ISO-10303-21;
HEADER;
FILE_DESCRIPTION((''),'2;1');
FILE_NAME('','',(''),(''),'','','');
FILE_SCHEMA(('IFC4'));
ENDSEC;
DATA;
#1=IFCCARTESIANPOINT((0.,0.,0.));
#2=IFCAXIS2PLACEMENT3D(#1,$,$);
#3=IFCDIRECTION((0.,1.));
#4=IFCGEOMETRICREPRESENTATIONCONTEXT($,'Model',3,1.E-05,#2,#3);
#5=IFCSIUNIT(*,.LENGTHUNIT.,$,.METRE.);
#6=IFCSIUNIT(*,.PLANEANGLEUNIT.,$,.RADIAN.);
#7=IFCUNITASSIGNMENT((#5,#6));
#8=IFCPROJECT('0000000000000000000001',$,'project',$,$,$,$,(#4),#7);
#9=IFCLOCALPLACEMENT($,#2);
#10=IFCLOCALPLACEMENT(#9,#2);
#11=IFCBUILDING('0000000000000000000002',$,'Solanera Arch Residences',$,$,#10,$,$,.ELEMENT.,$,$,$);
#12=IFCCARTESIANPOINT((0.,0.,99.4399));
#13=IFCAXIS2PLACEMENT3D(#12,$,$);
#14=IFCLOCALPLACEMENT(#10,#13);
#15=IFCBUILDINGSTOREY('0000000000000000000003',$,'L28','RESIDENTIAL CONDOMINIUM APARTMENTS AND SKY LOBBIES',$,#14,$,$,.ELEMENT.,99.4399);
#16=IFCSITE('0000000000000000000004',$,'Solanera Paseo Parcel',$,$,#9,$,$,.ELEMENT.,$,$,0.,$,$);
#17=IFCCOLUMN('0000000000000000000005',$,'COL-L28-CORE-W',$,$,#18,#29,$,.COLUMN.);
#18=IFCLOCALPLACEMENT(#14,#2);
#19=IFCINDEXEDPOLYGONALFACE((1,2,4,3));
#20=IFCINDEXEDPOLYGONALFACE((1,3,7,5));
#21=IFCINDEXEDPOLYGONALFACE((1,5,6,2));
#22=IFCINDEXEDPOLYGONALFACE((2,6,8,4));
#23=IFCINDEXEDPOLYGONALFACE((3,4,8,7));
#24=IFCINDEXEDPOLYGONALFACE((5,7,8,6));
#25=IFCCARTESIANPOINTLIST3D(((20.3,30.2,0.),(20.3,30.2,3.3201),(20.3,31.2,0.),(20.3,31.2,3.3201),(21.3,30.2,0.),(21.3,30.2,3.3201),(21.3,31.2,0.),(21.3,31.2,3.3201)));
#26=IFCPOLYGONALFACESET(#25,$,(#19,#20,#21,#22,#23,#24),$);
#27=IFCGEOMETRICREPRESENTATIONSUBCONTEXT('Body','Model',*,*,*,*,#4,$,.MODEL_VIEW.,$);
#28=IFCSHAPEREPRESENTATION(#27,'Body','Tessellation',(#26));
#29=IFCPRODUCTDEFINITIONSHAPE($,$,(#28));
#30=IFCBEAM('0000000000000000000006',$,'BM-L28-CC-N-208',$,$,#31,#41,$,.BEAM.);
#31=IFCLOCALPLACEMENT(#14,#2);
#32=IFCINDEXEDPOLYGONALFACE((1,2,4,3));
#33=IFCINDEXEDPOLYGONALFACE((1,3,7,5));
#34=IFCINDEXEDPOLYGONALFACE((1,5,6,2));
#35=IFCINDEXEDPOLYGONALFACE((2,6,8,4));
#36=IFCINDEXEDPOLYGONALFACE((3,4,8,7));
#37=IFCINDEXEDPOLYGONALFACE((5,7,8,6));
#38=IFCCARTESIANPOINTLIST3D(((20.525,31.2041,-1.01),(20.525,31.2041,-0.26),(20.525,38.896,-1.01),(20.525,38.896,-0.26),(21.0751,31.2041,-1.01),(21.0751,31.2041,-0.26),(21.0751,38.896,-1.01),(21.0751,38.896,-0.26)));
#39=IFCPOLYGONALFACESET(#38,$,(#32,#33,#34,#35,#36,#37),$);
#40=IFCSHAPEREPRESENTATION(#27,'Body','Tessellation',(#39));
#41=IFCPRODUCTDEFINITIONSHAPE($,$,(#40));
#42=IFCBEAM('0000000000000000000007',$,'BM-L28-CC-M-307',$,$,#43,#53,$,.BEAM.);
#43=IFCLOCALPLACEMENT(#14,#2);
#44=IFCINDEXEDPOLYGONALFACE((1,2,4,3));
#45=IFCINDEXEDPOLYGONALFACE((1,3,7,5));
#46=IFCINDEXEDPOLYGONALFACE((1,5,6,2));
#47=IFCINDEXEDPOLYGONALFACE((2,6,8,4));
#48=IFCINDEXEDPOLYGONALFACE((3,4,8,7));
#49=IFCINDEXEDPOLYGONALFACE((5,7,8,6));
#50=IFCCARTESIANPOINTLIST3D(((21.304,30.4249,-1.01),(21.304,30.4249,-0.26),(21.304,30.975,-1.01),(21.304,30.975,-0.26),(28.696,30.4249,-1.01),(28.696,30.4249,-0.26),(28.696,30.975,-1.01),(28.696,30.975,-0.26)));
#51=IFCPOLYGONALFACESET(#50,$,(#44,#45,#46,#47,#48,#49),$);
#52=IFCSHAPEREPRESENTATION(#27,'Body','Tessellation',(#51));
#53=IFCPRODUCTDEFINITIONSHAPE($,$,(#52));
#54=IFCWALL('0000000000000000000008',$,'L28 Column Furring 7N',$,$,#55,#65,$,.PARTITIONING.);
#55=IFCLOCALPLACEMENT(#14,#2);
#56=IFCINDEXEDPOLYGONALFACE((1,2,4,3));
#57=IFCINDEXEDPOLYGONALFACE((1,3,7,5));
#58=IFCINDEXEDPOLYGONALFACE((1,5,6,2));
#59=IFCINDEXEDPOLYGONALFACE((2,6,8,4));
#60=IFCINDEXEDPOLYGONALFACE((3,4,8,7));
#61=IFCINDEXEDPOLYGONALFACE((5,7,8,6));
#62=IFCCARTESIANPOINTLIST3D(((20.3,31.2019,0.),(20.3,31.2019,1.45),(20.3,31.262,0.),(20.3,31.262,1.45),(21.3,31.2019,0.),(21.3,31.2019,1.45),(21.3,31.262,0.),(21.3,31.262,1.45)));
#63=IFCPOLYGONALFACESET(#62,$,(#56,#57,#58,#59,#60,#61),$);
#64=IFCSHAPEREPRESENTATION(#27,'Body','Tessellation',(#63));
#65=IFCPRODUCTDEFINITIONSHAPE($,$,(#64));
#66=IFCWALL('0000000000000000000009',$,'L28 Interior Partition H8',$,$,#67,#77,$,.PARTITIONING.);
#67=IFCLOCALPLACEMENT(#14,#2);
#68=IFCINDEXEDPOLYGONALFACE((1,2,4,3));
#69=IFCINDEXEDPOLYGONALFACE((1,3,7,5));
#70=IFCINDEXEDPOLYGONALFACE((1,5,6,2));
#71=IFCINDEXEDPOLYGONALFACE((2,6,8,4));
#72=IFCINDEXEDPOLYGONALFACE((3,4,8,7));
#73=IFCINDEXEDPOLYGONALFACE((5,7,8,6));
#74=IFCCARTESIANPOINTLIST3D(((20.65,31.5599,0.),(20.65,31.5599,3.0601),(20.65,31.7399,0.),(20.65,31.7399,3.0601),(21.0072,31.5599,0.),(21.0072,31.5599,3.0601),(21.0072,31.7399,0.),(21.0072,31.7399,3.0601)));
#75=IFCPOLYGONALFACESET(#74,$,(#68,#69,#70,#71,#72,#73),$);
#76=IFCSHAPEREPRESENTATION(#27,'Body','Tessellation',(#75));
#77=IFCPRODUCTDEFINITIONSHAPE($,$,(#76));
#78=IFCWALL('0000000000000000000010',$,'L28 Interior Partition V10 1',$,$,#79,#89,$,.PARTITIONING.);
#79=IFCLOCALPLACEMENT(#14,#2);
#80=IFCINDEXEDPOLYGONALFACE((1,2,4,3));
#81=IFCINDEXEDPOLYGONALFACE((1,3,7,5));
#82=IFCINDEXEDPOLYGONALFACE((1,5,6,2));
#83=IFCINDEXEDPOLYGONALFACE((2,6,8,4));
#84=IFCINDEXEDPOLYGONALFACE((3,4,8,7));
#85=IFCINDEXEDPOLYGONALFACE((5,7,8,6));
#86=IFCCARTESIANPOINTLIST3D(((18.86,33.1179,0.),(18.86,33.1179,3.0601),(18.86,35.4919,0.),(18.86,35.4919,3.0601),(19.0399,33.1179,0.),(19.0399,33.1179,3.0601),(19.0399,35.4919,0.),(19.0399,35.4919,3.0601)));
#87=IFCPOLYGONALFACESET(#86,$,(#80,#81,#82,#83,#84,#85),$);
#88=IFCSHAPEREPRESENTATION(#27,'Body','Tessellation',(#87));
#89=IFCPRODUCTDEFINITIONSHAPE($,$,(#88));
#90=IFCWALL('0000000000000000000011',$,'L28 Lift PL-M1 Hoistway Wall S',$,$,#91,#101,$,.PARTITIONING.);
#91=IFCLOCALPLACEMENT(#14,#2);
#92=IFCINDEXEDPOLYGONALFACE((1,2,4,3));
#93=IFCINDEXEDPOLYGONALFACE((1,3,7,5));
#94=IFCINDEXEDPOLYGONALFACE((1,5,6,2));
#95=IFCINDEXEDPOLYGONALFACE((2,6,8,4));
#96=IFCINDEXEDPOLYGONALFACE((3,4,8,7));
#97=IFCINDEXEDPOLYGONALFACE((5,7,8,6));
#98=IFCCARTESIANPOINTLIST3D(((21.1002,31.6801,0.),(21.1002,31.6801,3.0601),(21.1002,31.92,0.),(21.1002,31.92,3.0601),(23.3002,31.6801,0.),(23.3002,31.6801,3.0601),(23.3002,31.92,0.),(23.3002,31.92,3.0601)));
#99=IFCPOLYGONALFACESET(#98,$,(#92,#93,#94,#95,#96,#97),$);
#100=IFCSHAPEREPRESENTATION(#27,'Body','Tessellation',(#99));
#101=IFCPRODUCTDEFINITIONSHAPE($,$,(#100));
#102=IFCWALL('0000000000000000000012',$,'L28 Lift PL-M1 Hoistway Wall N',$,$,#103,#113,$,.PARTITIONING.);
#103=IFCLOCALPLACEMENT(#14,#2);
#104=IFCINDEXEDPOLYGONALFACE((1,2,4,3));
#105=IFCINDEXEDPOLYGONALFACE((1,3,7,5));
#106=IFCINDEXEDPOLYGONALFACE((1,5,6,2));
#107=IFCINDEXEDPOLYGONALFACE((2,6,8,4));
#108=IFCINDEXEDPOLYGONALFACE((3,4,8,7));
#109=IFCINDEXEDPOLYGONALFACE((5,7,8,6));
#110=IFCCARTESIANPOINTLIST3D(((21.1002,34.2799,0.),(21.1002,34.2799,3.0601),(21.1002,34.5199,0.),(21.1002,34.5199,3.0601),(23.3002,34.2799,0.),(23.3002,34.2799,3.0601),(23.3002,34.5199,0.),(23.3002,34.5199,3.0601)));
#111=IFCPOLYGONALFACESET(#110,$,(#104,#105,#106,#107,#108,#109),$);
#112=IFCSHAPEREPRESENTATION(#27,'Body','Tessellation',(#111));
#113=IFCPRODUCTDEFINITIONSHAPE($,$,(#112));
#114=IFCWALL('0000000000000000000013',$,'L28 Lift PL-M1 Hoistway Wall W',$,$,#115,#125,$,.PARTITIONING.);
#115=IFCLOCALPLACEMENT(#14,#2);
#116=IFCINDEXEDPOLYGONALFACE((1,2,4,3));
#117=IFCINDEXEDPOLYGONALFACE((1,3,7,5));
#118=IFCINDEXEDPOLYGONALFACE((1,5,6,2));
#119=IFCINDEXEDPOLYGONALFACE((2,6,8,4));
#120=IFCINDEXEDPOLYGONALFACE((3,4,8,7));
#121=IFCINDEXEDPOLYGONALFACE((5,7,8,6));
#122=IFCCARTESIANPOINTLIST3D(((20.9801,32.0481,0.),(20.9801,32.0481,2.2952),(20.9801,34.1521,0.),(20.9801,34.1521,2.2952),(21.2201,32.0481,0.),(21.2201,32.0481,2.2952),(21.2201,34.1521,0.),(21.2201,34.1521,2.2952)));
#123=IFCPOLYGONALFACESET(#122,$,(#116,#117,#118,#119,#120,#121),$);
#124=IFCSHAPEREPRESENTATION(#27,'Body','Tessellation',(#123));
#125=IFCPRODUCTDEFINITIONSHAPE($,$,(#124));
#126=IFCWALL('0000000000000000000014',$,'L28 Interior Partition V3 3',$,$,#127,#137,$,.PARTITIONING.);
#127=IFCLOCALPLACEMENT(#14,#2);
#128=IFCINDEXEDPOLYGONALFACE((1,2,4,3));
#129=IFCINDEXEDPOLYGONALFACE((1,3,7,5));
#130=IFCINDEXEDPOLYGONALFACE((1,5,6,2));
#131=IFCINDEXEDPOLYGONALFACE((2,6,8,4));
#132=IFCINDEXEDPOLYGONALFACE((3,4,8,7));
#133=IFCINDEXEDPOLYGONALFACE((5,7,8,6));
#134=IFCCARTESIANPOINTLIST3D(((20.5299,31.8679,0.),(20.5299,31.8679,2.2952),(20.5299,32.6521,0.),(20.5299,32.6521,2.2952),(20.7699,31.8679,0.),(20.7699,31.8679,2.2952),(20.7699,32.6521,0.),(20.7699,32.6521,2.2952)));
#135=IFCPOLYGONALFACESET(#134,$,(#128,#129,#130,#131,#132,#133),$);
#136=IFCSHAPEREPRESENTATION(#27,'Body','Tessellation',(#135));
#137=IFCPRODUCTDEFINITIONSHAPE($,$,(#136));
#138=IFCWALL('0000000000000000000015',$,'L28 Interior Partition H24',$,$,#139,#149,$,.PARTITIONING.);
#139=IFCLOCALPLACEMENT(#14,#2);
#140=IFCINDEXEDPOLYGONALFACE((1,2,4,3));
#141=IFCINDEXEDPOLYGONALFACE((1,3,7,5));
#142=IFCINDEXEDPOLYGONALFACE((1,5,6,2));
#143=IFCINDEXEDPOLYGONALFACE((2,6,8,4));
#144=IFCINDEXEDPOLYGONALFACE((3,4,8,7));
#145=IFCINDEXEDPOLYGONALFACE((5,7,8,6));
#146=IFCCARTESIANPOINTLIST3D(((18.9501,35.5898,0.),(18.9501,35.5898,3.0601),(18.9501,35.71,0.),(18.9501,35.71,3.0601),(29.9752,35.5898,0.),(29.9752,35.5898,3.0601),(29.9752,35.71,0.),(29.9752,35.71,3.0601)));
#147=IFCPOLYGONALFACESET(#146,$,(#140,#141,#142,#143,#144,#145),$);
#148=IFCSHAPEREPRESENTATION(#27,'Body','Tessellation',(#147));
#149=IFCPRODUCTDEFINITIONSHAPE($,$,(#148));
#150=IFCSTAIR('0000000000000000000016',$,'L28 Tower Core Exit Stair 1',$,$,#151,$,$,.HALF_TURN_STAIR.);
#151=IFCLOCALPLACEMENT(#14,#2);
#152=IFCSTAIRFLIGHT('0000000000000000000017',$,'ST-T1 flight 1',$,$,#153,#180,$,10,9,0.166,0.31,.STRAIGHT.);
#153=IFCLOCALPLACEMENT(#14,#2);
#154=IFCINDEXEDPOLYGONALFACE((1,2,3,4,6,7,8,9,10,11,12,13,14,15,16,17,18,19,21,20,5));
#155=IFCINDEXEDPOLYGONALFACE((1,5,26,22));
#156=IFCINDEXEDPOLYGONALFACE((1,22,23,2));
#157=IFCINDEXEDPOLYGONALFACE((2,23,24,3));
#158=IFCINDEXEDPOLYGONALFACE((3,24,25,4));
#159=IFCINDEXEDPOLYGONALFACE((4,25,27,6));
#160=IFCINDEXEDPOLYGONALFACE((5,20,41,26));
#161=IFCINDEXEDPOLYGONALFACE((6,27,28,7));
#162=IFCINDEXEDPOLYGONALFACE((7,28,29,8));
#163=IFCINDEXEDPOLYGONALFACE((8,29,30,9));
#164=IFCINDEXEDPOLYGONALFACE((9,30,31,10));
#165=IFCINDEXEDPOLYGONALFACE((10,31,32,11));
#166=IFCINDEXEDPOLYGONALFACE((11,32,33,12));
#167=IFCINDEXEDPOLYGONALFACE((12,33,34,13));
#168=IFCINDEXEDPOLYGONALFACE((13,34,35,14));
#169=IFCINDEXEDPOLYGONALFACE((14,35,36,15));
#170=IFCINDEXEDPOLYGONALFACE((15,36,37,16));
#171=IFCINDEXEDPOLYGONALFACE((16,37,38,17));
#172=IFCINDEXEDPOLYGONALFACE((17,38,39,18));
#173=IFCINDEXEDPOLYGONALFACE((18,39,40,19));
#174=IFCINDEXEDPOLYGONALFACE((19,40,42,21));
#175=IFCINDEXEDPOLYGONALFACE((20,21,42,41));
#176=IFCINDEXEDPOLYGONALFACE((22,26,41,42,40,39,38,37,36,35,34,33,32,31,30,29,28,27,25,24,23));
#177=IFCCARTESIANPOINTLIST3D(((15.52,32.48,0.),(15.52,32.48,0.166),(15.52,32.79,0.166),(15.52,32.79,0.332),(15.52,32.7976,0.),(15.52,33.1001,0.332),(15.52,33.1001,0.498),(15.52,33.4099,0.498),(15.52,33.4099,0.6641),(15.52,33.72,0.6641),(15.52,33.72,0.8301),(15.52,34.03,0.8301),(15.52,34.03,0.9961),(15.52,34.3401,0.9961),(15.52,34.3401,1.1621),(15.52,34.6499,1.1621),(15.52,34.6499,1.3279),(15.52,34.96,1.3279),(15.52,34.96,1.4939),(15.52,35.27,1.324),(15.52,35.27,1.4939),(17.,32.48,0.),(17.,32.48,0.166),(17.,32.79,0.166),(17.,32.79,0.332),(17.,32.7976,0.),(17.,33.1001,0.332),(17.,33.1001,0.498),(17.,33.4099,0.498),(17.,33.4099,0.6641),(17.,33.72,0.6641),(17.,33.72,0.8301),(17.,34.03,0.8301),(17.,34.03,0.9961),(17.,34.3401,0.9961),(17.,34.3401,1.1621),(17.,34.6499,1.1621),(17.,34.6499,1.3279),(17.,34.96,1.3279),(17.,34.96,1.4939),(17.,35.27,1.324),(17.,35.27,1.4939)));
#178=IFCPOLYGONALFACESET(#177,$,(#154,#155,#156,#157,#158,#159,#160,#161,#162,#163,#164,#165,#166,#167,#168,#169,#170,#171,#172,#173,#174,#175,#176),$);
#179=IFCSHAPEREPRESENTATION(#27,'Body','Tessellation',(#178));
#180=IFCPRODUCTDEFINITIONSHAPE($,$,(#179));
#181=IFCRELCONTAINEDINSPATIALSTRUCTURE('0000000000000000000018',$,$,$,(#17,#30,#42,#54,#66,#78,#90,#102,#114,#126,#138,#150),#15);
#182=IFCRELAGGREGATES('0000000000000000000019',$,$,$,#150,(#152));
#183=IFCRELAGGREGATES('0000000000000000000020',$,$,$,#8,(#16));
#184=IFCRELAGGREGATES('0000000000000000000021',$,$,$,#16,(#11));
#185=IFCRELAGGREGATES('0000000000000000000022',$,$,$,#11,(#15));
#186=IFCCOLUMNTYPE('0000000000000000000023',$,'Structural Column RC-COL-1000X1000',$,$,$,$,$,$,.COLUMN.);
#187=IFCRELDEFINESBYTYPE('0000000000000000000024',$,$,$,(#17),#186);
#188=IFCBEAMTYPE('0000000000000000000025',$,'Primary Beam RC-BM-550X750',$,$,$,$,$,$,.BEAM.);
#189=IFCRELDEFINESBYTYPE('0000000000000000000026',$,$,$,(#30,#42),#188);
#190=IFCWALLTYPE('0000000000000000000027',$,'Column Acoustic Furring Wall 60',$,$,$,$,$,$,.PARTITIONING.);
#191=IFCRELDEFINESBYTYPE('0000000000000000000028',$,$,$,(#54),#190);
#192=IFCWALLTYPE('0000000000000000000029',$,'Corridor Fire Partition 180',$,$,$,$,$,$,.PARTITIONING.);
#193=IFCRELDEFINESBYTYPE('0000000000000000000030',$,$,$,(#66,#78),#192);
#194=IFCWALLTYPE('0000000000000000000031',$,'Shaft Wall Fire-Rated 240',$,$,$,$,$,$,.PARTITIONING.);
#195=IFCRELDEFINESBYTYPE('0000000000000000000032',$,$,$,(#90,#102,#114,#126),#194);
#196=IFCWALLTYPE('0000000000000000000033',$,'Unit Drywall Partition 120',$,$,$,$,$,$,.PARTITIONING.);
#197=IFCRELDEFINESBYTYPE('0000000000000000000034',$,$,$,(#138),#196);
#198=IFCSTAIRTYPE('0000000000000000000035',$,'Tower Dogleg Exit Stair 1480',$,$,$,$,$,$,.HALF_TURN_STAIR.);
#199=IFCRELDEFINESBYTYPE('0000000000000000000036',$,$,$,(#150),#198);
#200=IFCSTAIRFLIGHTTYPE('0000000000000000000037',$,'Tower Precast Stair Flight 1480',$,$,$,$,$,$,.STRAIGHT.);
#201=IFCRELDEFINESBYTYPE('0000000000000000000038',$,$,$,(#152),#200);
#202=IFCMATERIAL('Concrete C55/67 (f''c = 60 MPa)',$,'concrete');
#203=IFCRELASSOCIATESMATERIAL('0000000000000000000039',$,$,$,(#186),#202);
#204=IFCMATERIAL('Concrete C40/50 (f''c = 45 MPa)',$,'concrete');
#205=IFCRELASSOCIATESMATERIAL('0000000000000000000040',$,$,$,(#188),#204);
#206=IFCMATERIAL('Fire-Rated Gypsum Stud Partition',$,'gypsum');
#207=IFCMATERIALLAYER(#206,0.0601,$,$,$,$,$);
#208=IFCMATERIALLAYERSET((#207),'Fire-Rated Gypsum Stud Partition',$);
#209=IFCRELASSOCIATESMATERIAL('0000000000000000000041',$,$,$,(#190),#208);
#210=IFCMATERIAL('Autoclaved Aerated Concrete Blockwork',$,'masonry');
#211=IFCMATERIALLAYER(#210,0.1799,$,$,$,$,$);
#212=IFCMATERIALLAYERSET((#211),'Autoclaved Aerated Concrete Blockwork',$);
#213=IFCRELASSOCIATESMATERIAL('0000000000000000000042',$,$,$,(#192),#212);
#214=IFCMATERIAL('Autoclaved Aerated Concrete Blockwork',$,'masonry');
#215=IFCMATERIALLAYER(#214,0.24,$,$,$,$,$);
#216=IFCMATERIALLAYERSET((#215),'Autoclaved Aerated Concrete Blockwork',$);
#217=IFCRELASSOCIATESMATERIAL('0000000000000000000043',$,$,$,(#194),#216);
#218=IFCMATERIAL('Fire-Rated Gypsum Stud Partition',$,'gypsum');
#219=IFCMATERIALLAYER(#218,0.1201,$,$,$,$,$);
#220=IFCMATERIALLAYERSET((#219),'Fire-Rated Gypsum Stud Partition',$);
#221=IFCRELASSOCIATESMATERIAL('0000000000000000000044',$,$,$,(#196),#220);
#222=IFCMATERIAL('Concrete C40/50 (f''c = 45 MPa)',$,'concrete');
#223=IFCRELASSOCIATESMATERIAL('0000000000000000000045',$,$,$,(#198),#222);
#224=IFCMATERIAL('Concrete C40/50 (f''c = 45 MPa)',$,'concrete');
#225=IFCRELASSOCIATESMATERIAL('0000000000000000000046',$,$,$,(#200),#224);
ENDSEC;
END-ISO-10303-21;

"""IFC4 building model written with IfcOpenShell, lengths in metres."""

from ifc_helpers import new_model, si_unit, direction, frame, frame_2d, origin, origin_2d, place, context, subcontext, project, spatial, polyline, rectangle, outline, extrude, material, layer, layer_set, material_profile, profile_set, type_object, element, aggregate, save


model = new_model("IFC4")

# Units and contexts
model_context = context("Model", 3, precision=1e-05, world=origin(), true_north=direction((0.0, 1.0)))
body_context = subcontext(model_context, "Body", "Model", "MODEL_VIEW")
ifc_project = project(units=[si_unit("LENGTHUNIT", "METRE"), si_unit("PLANEANGLEUNIT", "RADIAN")], contexts=[model_context])

# Site, building, storey
site_placement = place(None, origin())
site = spatial("IfcSite", under=ifc_project, at=site_placement, Name="Solanera Paseo Parcel", CompositionType="ELEMENT", RefElevation=0.0)
building_placement = place(site_placement, origin())
building = spatial("IfcBuilding", under=site, at=building_placement, Name="Solanera Arch Residences", CompositionType="ELEMENT")
storey_placement = place(building_placement, frame((0.0, 0.0, 99.4399)))
storey = spatial("IfcBuildingStorey", under=building, at=storey_placement, Name="L28", Description="RESIDENTIAL CONDOMINIUM APARTMENTS AND SKY LOBBIES", CompositionType="ELEMENT", Elevation=99.4399)

# Column
ifc_material_1 = material(Name="Concrete C55/67 (f'c = 60 MPa)", Category="concrete")
ifc_material_profile_1 = material_profile(ifc_material_1, rectangle(XDim=1.0, YDim=1.0, at=origin_2d()))
ifc_profile_set_1 = profile_set([ifc_material_profile_1], Name="Concrete C55/67 (f'c = 60 MPa)")
column_type = type_object("IfcColumnType", Name="Structural Column RC-COL-1000X1000", PredefinedType="COLUMN", material=ifc_profile_set_1)
column_placement = place(storey_placement, frame((20.8, 30.7, 0.0), z_axis=(0.0, 0.0, 1.0), x_axis=(1.0, 0.0, 0.0)))
element("IfcColumn", 1, at=column_placement, inside=storey, type_object=column_type, Name="COL-L28-CORE-W", PredefinedType="COLUMN", context=body_context, shape_type="SweptSolid", body=[
    extrude(rectangle(XDim=1.0, YDim=1.0, at=origin_2d()), origin(), (0.0, 0.0, 1.0), 3.3201),
])

# Beams
ifc_material_2 = material(Name="Concrete C40/50 (f'c = 45 MPa)", Category="concrete")
ifc_material_profile_2 = material_profile(ifc_material_2, rectangle(XDim=0.55, YDim=0.75, at=origin_2d()))
ifc_profile_set_2 = profile_set([ifc_material_profile_2], Name="Concrete C40/50 (f'c = 45 MPa)")
beam_type = type_object("IfcBeamType", Name="Primary Beam RC-BM-550X750", PredefinedType="BEAM", material=ifc_profile_set_2)
beam_1_placement = place(storey_placement, frame((20.8, 31.2041, -0.635), z_axis=(0.0, 1.0, 0.0), x_axis=(-1.0, 0.0, 0.0)))
element("IfcBeam", 2, at=beam_1_placement, inside=storey, type_object=beam_type, Name="BM-L28-CC-N-208", PredefinedType="BEAM", context=body_context, shape_type="SweptSolid", body=[
    extrude(rectangle(XDim=0.55, YDim=0.75, at=origin_2d()), origin(), (0.0, 0.0, 1.0), 7.6919),
])
beam_2_placement = place(storey_placement, frame((21.304, 30.7, -0.635), z_axis=(1.0, 0.0, 0.0), x_axis=(0.0, 1.0, 0.0)))
element("IfcBeam", 3, at=beam_2_placement, inside=storey, type_object=beam_type, Name="BM-L28-CC-M-307", PredefinedType="BEAM", context=body_context, shape_type="SweptSolid", body=[
    extrude(rectangle(XDim=0.55, YDim=0.75, at=origin_2d()), origin(), (0.0, 0.0, 1.0), 7.3921),
])

# Wall
ifc_material_3 = material(Name="Fire-Rated Gypsum Stud Partition", Category="gypsum")
ifc_layer_1 = layer(ifc_material_3, 0.0601)
ifc_layer_set_1 = layer_set([ifc_layer_1], Name="Fire-Rated Gypsum Stud Partition")
wall_type_1 = type_object("IfcWallType", Name="Column Acoustic Furring Wall 60", PredefinedType="PARTITIONING", material=ifc_layer_set_1)
wall_1_placement = place(storey_placement, frame((20.3, 31.2319, 0.0), z_axis=(0.0, 0.0, 1.0), x_axis=(1.0, 0.0, 0.0)))
element("IfcWall", 4, at=wall_1_placement, inside=storey, type_object=wall_type_1, Name="L28 Column Furring 7N", PredefinedType="PARTITIONING", context=body_context, shape_type="SweptSolid", body=[
    extrude(rectangle(XDim=1.0, YDim=0.0601, at=frame_2d((0.5, 0.0))), origin(), (0.0, 0.0, 1.0), 1.45),
])

# Walls
ifc_material_4 = material(Name="Autoclaved Aerated Concrete Blockwork", Category="masonry")
ifc_layer_2 = layer(ifc_material_4, 0.1799)
ifc_layer_set_2 = layer_set([ifc_layer_2], Name="Autoclaved Aerated Concrete Blockwork")
wall_type_2 = type_object("IfcWallType", Name="Corridor Fire Partition 180", PredefinedType="PARTITIONING", material=ifc_layer_set_2)
wall_2_placement = place(storey_placement, frame((20.6499, 31.6499, 0.0), z_axis=(0.0, 0.0, 1.0), x_axis=(1.0, 0.0, 0.0)))
element("IfcWall", 5, at=wall_2_placement, inside=storey, type_object=wall_type_2, Name="L28 Interior Partition H8", PredefinedType="PARTITIONING", context=body_context, shape_type="SweptSolid", body=[
    extrude(rectangle(XDim=0.3572, YDim=0.1799, at=frame_2d((0.1787, 0.0))), origin(), (0.0, 0.0, 1.0), 3.0601),
])
wall_3_placement = place(storey_placement, frame((18.95, 33.1179, 0.0), z_axis=(0.0, 0.0, 1.0), x_axis=(0.0, 1.0, 0.0)))
element("IfcWall", 6, at=wall_3_placement, inside=storey, type_object=wall_type_2, Name="L28 Interior Partition V10 1", PredefinedType="PARTITIONING", context=body_context, shape_type="SweptSolid", body=[
    extrude(rectangle(XDim=2.374, YDim=0.1799, at=frame_2d((1.187, 0.0))), origin(), (0.0, 0.0, 1.0), 3.0601),
])
ifc_material_5 = material(Name="Autoclaved Aerated Concrete Blockwork", Category="masonry")
ifc_layer_3 = layer(ifc_material_5, 0.24)
ifc_layer_set_3 = layer_set([ifc_layer_3], Name="Autoclaved Aerated Concrete Blockwork")
wall_type_3 = type_object("IfcWallType", Name="Shaft Wall Fire-Rated 240", PredefinedType="PARTITIONING", material=ifc_layer_set_3)
for number, where, z_axis, x_axis, name in (
    (7, (21.1001, 31.8, 0.0), (0.0, 0.0, 1.0), (1.0, 0.0, 0.0), "L28 Lift PL-M1 Hoistway Wall S"),
    (8, (21.1001, 34.3999, 0.0), (0.0, 0.0, 1.0), (1.0, 0.0, 0.0), "L28 Lift PL-M1 Hoistway Wall N"),
):
    element("IfcWall", number, at=place(storey_placement, frame(where, z_axis=z_axis, x_axis=x_axis)), inside=storey, type_object=wall_type_3, Name=name, PredefinedType="PARTITIONING", context=body_context, shape_type="SweptSolid", body=[
        extrude(rectangle(XDim=2.2, YDim=0.24, at=frame_2d((1.1001, 0.0))), origin(), (0.0, 0.0, 1.0), 3.0601),
    ])
wall_4_placement = place(storey_placement, frame((21.1001, 32.0481, 0.0), z_axis=(0.0, 0.0, 1.0), x_axis=(0.0, 1.0, 0.0)))
element("IfcWall", 9, at=wall_4_placement, inside=storey, type_object=wall_type_3, Name="L28 Lift PL-M1 Hoistway Wall W", PredefinedType="PARTITIONING", context=body_context, shape_type="SweptSolid", body=[
    extrude(rectangle(XDim=2.104, YDim=0.24, at=frame_2d((1.052, 0.0))), origin(), (0.0, 0.0, 1.0), 2.2952),
])

# Walls
wall_5_placement = place(storey_placement, frame((20.6499, 31.8679, 0.0), z_axis=(0.0, 0.0, 1.0), x_axis=(0.0, 1.0, 0.0)))
element("IfcWall", 10, at=wall_5_placement, inside=storey, type_object=wall_type_3, Name="L28 Interior Partition V3 3", PredefinedType="PARTITIONING", context=body_context, shape_type="SweptSolid", body=[
    extrude(rectangle(XDim=0.7842, YDim=0.24, at=frame_2d((0.3921, 0.0))), origin(), (0.0, 0.0, 1.0), 2.2952),
])
ifc_material_6 = material(Name="Fire-Rated Gypsum Stud Partition", Category="gypsum")
ifc_layer_4 = layer(ifc_material_6, 0.1201)
ifc_layer_set_4 = layer_set([ifc_layer_4], Name="Fire-Rated Gypsum Stud Partition")
wall_type_4 = type_object("IfcWallType", Name="Unit Drywall Partition 120", PredefinedType="PARTITIONING", material=ifc_layer_set_4)
wall_6_placement = place(storey_placement, frame((18.95, 35.6499, 0.0), z_axis=(0.0, 0.0, 1.0), x_axis=(1.0, 0.0, 0.0)))
element("IfcWall", 11, at=wall_6_placement, inside=storey, type_object=wall_type_4, Name="L28 Interior Partition H24", PredefinedType="PARTITIONING", context=body_context, shape_type="SweptSolid", body=[
    extrude(rectangle(XDim=11.0251, YDim=0.1201, at=frame_2d((5.5127, 0.0))), origin(), (0.0, 0.0, 1.0), 3.0601),
])

# Stair, stair flight
ifc_material_7 = material(Name="Concrete C40/50 (f'c = 45 MPa)", Category="concrete")
stair_type = type_object("IfcStairType", Name="Tower Dogleg Exit Stair 1480", PredefinedType="HALF_TURN_STAIR", material=ifc_material_7)
stair_placement = place(storey_placement, origin())
stair = element("IfcStair", 12, at=stair_placement, inside=storey, type_object=stair_type, Name="L28 Tower Core Exit Stair 1", PredefinedType="HALF_TURN_STAIR")
ifc_material_8 = material(Name="Concrete C40/50 (f'c = 45 MPa)", Category="concrete")
stair_flight_type = type_object("IfcStairFlightType", Name="Tower Precast Stair Flight 1480", PredefinedType="STRAIGHT", material=ifc_material_8)
stair_flight_placement = place(storey_placement, frame((16.26, 32.48, 0.0), z_axis=(0.0, 0.0, 1.0), x_axis=(0.0, 1.0, 0.0)))
stair_flight = element("IfcStairFlight", 13, at=stair_flight_placement, type_object=stair_flight_type, Name="ST-T1 flight 1", NumberOfRisers=10, NumberOfTreads=9, PredefinedType="STRAIGHT", RiserHeight=0.166, TreadLength=0.31, context=body_context, shape_type="SweptSolid", body=[
    extrude(outline(polyline([(0.0, 0.0), (0.0, 0.166), (0.3101, 0.166), (0.3101, 0.332), (0.6201, 0.332), (0.6201, 0.498), (0.9299, 0.498), (0.9299, 0.6641), (1.24, 0.6641), (1.24, 0.8301), (1.55, 0.8301), (1.55, 0.9961), (1.8601, 0.9961), (1.8601, 1.1621), (2.1699, 1.1621), (2.1699, 1.3279), (2.48, 1.3279), (2.48, 1.4939), (2.79, 1.4939), (2.79, 1.6599), (2.79, 1.324), (0.3176, 0.0), (0.0, 0.0)])), frame((0.0, 0.74, 0.0), z_axis=(0.0, -1.0, 0.0), x_axis=(1.0, 0.0, 0.0)), (0.0, 0.0, 1.0), 1.48),
])
aggregate(stair, [stair_flight])

save(model, "model.ifc")
